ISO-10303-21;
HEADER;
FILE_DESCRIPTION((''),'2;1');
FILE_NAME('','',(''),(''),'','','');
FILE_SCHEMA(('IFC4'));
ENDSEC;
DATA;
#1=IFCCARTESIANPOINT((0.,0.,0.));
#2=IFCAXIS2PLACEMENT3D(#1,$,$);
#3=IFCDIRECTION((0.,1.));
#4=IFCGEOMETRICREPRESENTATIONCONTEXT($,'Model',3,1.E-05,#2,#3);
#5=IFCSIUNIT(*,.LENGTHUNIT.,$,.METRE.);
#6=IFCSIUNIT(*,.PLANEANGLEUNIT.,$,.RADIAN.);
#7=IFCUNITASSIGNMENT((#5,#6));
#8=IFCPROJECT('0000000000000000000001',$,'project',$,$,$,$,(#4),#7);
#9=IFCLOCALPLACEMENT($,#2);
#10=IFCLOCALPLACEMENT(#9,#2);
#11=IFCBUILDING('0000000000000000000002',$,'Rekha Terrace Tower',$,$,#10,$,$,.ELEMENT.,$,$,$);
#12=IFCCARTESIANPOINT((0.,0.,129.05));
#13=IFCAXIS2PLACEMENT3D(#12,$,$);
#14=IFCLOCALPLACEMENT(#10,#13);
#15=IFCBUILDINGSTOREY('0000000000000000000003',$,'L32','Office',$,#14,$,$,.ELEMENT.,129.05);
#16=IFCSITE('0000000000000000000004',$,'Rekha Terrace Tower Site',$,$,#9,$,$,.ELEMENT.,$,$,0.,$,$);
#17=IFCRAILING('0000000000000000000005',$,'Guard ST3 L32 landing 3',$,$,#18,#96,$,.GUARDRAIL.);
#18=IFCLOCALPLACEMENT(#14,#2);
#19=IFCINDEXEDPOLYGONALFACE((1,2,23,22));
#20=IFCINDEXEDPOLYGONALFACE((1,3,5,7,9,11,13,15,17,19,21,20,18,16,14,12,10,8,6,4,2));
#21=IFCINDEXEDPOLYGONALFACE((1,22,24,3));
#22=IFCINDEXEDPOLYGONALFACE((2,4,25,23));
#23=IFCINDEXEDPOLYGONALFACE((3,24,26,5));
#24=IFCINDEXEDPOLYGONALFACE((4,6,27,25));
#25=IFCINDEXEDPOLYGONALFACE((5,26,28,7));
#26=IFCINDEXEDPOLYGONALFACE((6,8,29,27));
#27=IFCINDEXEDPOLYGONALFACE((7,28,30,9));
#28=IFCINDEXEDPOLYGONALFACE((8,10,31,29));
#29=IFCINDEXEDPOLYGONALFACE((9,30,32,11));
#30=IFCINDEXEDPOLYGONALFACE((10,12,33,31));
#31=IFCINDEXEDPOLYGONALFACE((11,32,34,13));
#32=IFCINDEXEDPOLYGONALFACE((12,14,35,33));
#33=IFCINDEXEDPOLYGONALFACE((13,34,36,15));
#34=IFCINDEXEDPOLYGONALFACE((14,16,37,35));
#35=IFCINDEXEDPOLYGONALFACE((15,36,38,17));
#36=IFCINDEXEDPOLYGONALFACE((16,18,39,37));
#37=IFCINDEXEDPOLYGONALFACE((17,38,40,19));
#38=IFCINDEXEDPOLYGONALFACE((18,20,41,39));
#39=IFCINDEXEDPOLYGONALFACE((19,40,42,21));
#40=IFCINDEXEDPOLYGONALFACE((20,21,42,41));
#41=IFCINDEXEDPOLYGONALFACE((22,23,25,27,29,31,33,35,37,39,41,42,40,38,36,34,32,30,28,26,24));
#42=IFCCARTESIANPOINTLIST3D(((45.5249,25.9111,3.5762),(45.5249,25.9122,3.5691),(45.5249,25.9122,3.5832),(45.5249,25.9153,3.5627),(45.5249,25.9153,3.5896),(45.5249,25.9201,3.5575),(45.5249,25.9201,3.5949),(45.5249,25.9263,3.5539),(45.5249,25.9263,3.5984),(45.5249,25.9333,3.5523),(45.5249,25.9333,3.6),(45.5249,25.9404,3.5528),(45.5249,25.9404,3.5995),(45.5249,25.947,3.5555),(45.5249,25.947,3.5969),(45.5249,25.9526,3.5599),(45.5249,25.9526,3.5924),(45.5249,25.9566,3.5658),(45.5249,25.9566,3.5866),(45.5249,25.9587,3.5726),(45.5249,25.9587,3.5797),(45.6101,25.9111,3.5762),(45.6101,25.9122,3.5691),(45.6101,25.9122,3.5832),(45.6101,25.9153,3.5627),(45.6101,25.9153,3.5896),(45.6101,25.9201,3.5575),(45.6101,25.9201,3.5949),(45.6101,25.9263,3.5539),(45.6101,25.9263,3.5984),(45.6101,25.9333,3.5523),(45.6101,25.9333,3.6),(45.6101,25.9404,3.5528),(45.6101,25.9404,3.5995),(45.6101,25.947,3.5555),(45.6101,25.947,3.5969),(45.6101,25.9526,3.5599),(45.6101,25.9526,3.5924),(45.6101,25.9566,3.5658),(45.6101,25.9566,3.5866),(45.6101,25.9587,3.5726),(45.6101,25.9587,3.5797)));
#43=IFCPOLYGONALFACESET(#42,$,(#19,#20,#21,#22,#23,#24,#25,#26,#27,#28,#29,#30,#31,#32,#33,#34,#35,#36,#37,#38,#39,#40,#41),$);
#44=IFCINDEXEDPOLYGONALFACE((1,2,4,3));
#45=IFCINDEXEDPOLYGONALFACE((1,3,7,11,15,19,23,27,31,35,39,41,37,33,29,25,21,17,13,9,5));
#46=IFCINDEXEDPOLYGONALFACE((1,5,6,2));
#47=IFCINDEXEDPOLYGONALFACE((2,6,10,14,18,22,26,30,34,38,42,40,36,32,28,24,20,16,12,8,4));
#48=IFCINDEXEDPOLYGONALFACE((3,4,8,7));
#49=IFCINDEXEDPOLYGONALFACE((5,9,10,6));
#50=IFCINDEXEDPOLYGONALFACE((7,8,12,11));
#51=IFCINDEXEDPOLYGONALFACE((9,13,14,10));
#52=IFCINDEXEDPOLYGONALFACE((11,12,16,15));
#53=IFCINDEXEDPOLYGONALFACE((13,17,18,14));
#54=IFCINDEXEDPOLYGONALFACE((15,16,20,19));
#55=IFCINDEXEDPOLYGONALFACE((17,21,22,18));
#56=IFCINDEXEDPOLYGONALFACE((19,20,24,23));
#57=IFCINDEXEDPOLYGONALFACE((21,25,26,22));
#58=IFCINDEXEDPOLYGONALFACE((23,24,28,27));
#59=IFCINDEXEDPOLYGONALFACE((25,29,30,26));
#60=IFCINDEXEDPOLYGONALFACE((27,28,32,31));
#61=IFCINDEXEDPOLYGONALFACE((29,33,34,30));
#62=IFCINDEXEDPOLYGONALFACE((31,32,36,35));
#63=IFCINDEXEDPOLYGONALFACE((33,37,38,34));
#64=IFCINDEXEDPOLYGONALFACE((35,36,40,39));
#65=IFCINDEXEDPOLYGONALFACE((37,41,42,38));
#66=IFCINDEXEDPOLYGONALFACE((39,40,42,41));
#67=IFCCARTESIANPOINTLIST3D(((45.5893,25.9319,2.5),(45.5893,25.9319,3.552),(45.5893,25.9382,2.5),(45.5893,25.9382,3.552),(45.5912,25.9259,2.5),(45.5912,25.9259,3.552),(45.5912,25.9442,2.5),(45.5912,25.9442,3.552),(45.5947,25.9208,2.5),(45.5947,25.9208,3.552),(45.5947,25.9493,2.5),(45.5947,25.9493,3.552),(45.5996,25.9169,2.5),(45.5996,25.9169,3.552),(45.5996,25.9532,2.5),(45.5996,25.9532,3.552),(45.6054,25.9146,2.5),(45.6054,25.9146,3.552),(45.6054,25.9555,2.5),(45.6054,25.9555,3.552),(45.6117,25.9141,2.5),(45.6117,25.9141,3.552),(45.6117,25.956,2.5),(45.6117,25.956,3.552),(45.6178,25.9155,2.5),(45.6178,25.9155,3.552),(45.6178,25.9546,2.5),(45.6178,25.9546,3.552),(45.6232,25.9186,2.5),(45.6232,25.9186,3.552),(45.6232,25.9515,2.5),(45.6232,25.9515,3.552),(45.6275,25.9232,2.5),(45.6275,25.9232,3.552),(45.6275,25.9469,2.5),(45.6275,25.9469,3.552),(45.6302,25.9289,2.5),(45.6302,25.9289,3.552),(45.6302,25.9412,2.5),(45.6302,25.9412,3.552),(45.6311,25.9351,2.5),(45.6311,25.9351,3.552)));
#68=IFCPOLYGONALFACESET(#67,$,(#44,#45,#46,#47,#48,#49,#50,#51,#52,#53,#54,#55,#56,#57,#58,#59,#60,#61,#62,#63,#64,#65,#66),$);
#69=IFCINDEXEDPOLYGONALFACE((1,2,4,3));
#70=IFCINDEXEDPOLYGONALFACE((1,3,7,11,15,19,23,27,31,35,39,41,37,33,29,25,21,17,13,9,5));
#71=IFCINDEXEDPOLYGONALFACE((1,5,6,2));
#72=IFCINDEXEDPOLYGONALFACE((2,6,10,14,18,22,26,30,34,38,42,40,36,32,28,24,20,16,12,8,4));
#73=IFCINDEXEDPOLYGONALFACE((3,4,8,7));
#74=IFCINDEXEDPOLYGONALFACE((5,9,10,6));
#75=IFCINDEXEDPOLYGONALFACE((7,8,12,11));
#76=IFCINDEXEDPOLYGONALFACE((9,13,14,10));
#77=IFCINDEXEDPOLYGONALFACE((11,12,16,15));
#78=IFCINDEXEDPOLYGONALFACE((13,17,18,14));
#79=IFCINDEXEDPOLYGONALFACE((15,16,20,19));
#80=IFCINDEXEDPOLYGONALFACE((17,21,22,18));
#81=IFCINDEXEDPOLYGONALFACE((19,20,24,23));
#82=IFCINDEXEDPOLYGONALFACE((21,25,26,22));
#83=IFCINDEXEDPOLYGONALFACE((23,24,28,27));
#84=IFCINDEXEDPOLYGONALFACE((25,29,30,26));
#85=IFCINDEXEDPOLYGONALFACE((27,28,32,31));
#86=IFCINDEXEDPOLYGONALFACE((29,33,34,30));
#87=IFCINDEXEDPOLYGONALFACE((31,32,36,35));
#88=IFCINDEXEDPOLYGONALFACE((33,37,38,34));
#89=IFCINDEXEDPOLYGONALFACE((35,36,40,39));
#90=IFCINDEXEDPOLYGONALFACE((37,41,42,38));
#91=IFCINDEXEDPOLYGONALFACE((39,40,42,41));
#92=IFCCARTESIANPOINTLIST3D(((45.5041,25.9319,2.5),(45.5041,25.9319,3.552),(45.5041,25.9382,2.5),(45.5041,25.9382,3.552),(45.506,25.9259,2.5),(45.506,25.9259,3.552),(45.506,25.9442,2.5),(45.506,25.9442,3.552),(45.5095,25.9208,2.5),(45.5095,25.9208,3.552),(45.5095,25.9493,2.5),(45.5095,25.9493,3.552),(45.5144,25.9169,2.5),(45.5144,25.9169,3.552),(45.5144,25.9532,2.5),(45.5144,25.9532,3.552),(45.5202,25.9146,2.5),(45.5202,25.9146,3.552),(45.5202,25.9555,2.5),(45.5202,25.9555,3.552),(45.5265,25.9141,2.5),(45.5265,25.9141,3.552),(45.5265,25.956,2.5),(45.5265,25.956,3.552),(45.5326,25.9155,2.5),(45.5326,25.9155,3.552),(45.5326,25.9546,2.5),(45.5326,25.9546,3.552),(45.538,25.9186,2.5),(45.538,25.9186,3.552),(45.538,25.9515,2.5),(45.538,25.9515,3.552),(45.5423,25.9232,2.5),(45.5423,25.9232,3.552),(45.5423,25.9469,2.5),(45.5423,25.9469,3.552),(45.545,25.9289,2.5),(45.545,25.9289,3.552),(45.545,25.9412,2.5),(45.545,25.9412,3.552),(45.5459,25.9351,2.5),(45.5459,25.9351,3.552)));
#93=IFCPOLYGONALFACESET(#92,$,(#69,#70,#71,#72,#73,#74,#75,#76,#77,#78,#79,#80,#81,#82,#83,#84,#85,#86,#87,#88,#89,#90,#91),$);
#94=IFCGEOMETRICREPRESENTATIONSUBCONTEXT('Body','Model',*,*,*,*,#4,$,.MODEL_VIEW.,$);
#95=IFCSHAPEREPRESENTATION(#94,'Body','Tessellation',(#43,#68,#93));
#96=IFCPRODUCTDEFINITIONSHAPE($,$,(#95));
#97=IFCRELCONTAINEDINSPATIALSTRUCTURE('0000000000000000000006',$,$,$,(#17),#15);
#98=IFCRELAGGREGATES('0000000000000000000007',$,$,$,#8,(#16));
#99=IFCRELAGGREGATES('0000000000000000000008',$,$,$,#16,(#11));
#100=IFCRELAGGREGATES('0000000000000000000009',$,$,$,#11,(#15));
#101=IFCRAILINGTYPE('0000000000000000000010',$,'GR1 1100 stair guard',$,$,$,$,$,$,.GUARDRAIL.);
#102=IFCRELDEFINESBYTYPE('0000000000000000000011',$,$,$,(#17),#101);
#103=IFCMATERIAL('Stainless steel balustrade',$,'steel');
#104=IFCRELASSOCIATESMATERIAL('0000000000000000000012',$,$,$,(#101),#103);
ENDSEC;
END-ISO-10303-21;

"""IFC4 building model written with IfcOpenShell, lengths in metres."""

from ifc_helpers import new_model, si_unit, direction, frame, origin, origin_2d, place, context, subcontext, project, spatial, circle, extrude, material, type_object, element, save


model = new_model("IFC4")

# Units and contexts
model_context = context("Model", 3, precision=1e-05, world=origin(), true_north=direction((0.0, 1.0)))
body_context = subcontext(model_context, "Body", "Model", "MODEL_VIEW")
ifc_project = project(units=[si_unit("LENGTHUNIT", "METRE"), si_unit("PLANEANGLEUNIT", "RADIAN")], contexts=[model_context])

# Site, building, storey
site_placement = place(None, origin())
site = spatial("IfcSite", under=ifc_project, at=site_placement, Name="Rekha Terrace Tower Site", CompositionType="ELEMENT", RefElevation=0.0)
building_placement = place(site_placement, origin())
building = spatial("IfcBuilding", under=site, at=building_placement, Name="Rekha Terrace Tower", CompositionType="ELEMENT")
storey_placement = place(building_placement, frame((0.0, 0.0, 129.05)))
storey = spatial("IfcBuildingStorey", under=building, at=storey_placement, Name="L32", Description="Office", CompositionType="ELEMENT", Elevation=129.05)

# Railing
ifc_material_1 = material(Name="Stainless steel balustrade", Category="steel")
railing_type_1 = type_object("IfcRailingType", Name="GR1 1100 stair guard", PredefinedType="GUARDRAIL", material=ifc_material_1)
railing_1_placement = place(storey_placement, frame((45.6101, 25.9351, 2.5)))
element("IfcRailing", 1, at=railing_1_placement, inside=storey, type_object=railing_type_1, Name="Guard ST3 L32 landing 3", PredefinedType="GUARDRAIL", context=body_context, shape_type="SweptSolid", body=[
    extrude(circle(Radius=0.0239, at=origin_2d()), frame((0.0, 0.0, 1.0762), z_axis=(-1.0, 0.0, 0.0), x_axis=(0.0, -1.0, 0.0)), (0.0, 0.0, 1.0), 0.0852),
    extrude(circle(Radius=0.021, at=origin_2d()), origin(), (0.0, 0.0, 1.0), 1.052),
    extrude(circle(Radius=0.021, at=origin_2d()), frame((-0.0852, 0.0, 0.0)), (0.0, 0.0, 1.0), 1.052),
])

save(model, "model.ifc")
